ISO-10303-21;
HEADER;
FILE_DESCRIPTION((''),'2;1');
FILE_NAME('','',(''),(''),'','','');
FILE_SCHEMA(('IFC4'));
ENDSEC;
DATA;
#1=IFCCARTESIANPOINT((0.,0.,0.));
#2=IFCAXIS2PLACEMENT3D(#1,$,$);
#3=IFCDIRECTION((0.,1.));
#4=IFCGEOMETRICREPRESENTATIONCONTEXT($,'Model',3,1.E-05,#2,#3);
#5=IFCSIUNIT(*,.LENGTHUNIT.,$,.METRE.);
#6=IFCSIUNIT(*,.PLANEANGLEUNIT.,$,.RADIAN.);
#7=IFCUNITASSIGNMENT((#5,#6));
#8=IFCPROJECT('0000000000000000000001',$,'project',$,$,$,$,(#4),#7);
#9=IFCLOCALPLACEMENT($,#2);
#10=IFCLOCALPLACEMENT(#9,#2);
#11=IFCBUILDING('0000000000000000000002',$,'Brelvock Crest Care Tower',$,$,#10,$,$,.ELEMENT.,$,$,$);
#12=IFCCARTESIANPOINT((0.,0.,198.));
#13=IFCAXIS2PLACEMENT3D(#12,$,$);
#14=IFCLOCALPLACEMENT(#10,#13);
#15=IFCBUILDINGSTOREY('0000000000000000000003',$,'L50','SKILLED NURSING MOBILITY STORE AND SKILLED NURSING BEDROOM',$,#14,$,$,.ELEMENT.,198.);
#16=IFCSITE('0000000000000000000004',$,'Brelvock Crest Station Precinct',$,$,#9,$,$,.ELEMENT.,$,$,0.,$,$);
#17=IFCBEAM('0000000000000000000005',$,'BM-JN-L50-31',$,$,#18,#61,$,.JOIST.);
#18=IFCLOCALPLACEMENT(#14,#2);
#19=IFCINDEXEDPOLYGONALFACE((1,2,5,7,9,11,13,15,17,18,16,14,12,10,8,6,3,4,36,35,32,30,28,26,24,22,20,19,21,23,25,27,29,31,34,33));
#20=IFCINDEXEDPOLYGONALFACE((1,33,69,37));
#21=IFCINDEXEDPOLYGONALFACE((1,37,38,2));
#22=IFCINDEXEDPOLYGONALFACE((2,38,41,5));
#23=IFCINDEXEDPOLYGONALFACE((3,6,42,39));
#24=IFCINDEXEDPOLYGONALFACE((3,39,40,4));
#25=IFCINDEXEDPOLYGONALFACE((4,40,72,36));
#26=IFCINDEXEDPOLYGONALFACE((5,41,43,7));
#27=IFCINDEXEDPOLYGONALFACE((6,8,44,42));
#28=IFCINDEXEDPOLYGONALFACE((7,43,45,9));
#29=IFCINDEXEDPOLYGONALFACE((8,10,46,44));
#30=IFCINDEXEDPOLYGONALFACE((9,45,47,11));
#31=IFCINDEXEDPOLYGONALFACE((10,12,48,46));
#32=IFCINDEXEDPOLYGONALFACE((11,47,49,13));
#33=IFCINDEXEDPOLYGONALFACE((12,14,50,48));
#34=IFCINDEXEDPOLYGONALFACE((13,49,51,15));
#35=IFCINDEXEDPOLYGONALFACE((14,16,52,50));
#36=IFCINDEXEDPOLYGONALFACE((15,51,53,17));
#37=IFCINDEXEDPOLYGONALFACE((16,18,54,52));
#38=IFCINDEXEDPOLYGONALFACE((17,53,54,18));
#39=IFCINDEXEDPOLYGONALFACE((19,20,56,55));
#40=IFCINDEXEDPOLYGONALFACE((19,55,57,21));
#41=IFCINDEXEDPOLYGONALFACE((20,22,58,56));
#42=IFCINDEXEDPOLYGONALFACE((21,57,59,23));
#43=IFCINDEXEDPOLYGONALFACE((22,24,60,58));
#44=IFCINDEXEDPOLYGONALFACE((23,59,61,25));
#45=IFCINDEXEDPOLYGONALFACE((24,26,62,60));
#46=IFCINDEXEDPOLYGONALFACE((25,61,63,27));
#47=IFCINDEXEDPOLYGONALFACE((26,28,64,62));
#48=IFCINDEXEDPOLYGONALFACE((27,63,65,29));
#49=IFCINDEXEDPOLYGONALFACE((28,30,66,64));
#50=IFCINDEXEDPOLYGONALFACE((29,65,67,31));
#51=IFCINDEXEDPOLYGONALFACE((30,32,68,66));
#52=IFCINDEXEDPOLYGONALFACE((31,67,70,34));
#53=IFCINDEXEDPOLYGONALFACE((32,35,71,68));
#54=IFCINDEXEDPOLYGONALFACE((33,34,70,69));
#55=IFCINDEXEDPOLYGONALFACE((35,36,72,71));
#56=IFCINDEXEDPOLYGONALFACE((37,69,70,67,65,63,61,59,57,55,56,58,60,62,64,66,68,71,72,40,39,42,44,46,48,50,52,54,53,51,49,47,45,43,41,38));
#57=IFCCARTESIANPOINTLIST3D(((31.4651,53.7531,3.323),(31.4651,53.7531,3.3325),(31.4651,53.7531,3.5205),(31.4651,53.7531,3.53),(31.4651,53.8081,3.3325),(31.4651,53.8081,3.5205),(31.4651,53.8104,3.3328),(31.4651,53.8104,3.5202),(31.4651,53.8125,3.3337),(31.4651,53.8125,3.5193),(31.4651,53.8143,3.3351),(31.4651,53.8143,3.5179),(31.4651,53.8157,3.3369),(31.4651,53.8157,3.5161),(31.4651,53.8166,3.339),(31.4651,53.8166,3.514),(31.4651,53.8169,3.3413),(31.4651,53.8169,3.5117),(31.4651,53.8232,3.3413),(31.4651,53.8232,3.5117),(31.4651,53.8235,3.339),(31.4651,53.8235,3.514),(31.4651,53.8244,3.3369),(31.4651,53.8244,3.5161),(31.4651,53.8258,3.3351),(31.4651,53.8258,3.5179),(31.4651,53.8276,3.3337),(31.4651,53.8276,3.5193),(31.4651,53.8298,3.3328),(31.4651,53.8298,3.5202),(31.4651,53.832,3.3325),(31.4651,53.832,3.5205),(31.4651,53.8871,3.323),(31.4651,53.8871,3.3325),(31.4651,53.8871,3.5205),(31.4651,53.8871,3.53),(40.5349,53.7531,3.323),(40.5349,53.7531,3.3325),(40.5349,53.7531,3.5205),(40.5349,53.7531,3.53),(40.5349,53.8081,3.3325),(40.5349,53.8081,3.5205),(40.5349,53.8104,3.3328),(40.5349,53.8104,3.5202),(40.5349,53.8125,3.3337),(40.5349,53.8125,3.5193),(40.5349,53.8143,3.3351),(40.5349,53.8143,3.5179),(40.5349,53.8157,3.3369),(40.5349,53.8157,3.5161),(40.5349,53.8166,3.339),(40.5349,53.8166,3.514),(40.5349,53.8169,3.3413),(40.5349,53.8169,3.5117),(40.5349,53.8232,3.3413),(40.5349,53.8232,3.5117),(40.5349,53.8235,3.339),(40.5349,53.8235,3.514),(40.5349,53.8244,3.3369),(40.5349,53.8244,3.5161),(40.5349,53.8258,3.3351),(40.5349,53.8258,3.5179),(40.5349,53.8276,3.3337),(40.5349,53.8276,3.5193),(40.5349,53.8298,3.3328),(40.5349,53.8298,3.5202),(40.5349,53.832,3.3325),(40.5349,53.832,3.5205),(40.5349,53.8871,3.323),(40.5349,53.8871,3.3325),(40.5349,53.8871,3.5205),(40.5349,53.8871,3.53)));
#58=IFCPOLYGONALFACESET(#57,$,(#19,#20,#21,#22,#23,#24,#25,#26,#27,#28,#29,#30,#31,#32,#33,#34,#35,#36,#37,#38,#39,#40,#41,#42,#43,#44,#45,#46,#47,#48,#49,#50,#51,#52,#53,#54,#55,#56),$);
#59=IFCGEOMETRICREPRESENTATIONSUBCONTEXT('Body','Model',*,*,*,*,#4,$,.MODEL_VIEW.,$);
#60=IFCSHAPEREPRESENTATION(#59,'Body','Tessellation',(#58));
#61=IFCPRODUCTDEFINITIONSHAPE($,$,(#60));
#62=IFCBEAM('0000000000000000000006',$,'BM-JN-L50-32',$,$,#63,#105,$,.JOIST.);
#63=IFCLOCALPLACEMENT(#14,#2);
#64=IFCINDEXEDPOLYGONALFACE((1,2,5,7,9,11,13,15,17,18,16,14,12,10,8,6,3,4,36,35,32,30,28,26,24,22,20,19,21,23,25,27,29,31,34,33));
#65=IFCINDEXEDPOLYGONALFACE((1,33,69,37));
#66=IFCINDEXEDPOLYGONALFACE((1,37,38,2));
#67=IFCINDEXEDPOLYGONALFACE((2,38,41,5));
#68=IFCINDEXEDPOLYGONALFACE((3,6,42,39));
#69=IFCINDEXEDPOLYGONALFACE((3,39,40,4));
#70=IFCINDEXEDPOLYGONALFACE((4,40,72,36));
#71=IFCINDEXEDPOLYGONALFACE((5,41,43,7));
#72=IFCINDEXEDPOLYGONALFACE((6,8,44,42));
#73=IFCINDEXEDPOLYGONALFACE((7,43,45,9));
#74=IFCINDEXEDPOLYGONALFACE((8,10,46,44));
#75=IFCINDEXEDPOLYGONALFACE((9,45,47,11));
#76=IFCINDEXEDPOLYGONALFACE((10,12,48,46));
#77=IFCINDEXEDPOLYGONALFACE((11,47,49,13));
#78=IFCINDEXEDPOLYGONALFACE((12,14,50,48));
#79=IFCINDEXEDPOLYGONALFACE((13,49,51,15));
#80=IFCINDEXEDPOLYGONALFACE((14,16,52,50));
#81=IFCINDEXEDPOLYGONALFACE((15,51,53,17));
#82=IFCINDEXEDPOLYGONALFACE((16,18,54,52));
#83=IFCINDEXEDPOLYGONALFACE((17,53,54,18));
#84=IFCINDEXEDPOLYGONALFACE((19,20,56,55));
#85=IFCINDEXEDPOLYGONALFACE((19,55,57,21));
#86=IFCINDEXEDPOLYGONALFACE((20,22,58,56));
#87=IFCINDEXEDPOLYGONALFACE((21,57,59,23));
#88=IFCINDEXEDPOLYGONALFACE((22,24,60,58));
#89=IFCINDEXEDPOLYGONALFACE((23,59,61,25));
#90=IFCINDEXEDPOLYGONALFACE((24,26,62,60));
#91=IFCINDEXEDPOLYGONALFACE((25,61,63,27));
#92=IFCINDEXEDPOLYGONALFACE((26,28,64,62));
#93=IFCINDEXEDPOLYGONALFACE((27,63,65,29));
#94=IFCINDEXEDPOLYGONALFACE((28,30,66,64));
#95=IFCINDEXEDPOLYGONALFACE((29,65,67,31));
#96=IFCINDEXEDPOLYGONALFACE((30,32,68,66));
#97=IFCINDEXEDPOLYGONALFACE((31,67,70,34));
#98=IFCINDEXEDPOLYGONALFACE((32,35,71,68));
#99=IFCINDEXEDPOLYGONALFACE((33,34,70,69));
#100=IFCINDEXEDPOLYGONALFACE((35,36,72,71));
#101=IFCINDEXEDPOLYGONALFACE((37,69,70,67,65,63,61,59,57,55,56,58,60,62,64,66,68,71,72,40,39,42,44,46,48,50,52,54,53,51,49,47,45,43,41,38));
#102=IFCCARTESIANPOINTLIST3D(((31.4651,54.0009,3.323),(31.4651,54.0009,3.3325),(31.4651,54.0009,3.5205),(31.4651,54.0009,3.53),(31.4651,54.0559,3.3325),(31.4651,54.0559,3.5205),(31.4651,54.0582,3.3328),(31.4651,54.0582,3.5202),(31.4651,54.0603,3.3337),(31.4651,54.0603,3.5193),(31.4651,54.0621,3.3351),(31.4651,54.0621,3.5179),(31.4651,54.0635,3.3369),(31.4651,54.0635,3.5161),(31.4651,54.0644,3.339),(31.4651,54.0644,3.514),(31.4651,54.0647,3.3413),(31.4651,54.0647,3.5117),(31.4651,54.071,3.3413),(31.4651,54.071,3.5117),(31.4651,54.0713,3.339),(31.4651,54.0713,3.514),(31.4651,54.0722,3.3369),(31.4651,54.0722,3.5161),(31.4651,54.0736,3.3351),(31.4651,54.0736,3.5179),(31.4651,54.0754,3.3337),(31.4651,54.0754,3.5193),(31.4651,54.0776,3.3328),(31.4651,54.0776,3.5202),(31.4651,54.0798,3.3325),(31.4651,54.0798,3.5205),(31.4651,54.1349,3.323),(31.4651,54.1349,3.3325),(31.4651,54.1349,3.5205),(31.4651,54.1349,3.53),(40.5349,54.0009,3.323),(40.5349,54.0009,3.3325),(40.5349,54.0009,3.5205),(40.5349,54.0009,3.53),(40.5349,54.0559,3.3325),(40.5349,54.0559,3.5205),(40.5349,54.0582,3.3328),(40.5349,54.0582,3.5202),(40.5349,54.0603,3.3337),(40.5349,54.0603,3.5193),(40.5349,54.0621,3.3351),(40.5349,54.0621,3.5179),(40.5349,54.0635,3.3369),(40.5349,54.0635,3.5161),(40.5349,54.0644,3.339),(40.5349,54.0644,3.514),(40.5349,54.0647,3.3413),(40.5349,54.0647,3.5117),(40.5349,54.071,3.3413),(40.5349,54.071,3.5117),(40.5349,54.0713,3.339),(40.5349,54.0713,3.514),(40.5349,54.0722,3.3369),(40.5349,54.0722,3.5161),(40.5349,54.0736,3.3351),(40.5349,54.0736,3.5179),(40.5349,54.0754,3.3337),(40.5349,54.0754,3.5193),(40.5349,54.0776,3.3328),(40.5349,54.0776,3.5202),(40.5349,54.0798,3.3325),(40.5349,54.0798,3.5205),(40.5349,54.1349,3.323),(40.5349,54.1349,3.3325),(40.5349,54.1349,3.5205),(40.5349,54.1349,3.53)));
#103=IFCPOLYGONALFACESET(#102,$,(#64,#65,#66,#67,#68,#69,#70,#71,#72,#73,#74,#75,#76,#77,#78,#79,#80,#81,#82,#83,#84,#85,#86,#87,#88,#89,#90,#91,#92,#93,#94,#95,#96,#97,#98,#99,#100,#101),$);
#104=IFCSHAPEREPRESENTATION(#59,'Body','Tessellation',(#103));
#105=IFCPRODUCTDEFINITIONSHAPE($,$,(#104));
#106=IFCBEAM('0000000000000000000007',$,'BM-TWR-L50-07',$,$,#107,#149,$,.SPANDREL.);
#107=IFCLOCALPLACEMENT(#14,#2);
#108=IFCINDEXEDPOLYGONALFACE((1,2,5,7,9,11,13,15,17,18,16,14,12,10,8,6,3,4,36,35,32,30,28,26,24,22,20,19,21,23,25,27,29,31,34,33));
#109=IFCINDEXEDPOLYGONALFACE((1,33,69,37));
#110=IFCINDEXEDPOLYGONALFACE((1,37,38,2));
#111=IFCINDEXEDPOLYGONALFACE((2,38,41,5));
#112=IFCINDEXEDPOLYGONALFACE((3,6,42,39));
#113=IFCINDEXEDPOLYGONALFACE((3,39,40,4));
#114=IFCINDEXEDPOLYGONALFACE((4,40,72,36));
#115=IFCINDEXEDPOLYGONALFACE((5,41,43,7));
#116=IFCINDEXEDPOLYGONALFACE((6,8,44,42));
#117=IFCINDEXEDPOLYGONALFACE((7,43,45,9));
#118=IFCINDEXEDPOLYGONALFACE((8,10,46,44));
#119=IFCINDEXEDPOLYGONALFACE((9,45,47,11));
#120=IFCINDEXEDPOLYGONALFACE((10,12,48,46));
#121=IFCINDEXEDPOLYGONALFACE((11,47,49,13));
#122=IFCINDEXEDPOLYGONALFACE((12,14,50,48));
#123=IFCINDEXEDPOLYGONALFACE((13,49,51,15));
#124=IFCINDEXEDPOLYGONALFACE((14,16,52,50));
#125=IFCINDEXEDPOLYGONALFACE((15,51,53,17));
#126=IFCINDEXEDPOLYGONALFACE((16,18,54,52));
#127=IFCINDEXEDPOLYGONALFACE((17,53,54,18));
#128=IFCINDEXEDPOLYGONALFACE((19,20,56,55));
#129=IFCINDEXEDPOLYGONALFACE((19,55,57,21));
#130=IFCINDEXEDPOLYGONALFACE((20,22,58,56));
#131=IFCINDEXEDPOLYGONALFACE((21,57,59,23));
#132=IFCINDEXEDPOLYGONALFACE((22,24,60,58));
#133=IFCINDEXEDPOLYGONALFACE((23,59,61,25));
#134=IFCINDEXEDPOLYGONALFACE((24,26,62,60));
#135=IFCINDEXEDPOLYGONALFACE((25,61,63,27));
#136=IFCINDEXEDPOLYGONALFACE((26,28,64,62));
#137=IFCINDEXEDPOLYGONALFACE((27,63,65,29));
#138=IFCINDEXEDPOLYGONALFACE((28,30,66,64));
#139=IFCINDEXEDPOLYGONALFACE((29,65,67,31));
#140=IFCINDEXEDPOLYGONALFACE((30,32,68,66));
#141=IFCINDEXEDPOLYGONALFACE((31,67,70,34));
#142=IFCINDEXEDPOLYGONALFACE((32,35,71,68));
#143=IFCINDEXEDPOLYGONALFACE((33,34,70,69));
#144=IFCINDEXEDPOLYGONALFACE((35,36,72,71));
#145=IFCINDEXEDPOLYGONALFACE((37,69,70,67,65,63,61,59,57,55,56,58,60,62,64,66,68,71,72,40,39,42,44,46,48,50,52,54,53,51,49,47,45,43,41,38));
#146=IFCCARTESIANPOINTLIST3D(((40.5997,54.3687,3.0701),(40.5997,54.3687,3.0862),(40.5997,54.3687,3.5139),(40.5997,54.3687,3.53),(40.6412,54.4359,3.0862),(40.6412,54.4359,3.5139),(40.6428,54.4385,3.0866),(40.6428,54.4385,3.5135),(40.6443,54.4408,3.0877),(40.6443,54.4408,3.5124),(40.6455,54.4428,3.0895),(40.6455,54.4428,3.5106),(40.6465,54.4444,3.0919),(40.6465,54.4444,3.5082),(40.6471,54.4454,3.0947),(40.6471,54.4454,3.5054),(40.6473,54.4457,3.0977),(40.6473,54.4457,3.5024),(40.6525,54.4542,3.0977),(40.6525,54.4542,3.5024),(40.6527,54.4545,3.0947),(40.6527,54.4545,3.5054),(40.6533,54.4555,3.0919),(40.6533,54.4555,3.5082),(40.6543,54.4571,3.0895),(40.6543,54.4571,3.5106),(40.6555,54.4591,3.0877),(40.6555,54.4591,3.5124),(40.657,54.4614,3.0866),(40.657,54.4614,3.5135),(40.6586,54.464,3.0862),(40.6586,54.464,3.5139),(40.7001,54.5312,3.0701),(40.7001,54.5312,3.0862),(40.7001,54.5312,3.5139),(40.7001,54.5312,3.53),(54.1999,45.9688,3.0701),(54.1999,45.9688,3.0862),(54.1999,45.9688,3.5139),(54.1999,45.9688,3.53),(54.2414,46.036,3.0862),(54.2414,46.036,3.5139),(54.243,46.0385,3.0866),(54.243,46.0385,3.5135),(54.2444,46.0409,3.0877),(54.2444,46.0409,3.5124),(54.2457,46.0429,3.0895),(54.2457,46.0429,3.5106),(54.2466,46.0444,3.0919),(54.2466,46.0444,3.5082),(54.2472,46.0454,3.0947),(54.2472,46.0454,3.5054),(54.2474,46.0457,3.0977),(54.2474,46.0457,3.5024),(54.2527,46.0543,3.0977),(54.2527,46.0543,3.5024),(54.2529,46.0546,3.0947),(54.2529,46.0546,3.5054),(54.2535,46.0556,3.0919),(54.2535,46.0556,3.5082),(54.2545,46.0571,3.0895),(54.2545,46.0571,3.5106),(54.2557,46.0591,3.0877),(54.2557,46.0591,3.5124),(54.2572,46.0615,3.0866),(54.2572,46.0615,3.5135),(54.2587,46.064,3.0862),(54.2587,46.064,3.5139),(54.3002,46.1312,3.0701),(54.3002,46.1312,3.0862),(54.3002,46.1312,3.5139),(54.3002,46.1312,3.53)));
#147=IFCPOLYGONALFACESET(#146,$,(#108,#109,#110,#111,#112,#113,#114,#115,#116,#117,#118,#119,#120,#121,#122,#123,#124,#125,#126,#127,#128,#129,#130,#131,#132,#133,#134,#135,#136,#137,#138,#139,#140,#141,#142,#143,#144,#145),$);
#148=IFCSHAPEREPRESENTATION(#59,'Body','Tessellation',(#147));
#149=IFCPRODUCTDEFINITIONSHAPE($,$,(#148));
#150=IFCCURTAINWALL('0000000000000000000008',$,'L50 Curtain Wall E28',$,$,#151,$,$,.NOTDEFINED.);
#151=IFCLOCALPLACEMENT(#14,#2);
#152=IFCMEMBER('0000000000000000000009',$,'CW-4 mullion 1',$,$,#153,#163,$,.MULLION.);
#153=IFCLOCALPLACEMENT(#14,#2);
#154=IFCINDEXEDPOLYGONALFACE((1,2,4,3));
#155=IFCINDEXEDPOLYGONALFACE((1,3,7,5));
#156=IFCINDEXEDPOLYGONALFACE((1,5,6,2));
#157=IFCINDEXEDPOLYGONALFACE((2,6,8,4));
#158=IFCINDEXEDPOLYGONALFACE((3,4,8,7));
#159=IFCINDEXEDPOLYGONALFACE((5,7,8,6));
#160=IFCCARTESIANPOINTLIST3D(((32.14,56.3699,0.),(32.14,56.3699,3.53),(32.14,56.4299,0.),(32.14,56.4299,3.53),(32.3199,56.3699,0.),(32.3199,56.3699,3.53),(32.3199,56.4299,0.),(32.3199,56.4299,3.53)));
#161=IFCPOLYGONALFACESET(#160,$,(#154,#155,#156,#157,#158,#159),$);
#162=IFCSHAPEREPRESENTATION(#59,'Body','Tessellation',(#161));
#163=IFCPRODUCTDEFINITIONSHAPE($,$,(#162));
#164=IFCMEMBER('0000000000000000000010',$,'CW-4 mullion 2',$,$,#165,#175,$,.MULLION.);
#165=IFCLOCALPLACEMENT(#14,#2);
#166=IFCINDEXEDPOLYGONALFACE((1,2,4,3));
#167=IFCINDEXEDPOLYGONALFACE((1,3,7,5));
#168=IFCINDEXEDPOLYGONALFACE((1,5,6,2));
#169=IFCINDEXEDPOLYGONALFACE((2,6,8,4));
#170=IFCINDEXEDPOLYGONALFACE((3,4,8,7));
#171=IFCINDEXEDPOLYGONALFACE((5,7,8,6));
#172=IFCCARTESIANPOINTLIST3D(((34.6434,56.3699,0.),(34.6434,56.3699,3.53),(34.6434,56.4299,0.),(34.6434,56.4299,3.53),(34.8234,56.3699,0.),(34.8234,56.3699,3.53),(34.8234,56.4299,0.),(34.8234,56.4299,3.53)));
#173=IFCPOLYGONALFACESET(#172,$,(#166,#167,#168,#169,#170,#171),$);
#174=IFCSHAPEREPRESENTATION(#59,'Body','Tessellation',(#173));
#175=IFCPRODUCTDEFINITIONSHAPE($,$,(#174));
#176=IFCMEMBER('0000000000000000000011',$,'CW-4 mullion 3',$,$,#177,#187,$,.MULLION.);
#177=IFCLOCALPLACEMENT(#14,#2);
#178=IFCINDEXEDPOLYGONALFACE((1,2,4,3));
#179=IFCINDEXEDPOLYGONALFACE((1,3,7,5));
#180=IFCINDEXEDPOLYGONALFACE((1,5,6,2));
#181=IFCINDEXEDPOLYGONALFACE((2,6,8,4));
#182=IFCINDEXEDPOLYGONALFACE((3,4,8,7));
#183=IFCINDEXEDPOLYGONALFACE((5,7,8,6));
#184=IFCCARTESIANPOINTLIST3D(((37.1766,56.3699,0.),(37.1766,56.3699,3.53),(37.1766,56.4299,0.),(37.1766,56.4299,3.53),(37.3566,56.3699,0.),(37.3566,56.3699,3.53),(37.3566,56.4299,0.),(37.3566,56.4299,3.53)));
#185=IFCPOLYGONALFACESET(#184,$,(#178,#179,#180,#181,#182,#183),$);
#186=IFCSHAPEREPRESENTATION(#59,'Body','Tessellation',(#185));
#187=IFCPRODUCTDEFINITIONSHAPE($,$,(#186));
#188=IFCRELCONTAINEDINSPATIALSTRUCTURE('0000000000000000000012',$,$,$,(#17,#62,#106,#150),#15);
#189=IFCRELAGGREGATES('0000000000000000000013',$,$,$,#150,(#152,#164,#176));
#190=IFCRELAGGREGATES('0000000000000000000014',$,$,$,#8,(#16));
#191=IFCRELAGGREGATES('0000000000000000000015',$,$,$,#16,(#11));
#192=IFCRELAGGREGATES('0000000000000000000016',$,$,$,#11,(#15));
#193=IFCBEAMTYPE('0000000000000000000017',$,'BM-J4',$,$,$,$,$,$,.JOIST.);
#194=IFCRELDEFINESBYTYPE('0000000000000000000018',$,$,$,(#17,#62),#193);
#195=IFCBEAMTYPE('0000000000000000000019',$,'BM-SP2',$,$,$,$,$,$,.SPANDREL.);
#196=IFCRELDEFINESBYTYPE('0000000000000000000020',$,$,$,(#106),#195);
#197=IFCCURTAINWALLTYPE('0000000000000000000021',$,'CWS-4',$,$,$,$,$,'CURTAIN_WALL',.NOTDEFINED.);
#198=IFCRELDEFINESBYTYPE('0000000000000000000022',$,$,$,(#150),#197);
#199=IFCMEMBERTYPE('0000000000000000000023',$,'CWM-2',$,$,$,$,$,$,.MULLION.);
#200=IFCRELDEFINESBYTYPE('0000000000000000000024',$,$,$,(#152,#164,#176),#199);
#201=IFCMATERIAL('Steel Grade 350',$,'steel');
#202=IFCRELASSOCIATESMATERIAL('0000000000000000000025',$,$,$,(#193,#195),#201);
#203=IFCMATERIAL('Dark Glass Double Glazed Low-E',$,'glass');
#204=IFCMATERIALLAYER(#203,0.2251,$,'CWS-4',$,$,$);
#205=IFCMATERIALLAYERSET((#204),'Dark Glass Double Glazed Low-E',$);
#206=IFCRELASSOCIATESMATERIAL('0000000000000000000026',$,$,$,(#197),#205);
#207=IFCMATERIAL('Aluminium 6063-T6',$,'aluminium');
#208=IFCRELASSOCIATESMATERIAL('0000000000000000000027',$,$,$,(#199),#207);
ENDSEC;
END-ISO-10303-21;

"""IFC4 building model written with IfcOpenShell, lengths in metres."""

from ifc_helpers import new_model, si_unit, direction, frame, origin, origin_2d, place, context, subcontext, project, spatial, rectangle, i_section, extrude, source, transform, mapped, material, layer, layer_set, material_profile, profile_set, type_object, element, aggregate, save


model = new_model("IFC4")

# Units and contexts
model_context = context("Model", 3, precision=1e-05, world=origin(), true_north=direction((0.0, 1.0)))
body_context = subcontext(model_context, "Body", "Model", "MODEL_VIEW")
ifc_project = project(units=[si_unit("LENGTHUNIT", "METRE"), si_unit("PLANEANGLEUNIT", "RADIAN")], contexts=[model_context])

# Site, building, storey
site_placement = place(None, origin())
site = spatial("IfcSite", under=ifc_project, at=site_placement, Name="Brelvock Crest Station Precinct", CompositionType="ELEMENT", RefElevation=0.0)
building_placement = place(site_placement, origin())
building = spatial("IfcBuilding", under=site, at=building_placement, Name="Brelvock Crest Care Tower", CompositionType="ELEMENT")
storey_placement = place(building_placement, frame((0.0, 0.0, 198.0)))
storey = spatial("IfcBuildingStorey", under=building, at=storey_placement, Name="L50", Description="SKILLED NURSING MOBILITY STORE AND SKILLED NURSING BEDROOM", CompositionType="ELEMENT", Elevation=198.0)

# Shared definitions
ifc_material_1 = material(Name="Steel Grade 350", Category="steel")

# Beams
ifc_material_profile_1 = material_profile(ifc_material_1, i_section(OverallWidth=0.134, OverallDepth=0.207, WebThickness=0.0063, FlangeThickness=0.0095, FilletRadius=0.0088, at=origin_2d()), Name="200UB29.8")
ifc_profile_set_1 = profile_set([ifc_material_profile_1], Name="Steel Grade 350")
beam_type_1 = type_object("IfcBeamType", Name="BM-J4", PredefinedType="JOIST", material=ifc_profile_set_1)
shared_shape_1 = source(origin(), body_context, "Body", "SweptSolid", [
    extrude(i_section(OverallWidth=0.134, OverallDepth=0.207, WebThickness=0.0063, FlangeThickness=0.0095, FilletRadius=0.0088, at=origin_2d()), origin(), (0.0, 0.0, 1.0), 9.0698),
])
for number, where, z_axis, x_axis, name in (
    (1, (31.4651, 53.8201, 3.4265), (1.0, 0.0, 0.0), (0.0, 1.0, 0.0), "BM-JN-L50-31"),
    (2, (31.4651, 54.0679, 3.4265), (1.0, 0.0, 0.0), (0.0, 1.0, 0.0), "BM-JN-L50-32"),
):
    element("IfcBeam", number, at=place(storey_placement, frame(where, z_axis=z_axis, x_axis=x_axis)), inside=storey, type_object=beam_type_1, Name=name, PredefinedType="JOIST", context=body_context, shape_type="MappedRepresentation", body=[
        mapped(shared_shape_1, transform((0.0, 0.0, 0.0), x_axis=(1.0, 0.0, 0.0), y_axis=(0.0, 1.0, 0.0), z_axis=(0.0, 0.0, 1.0), scale=1.0)),
    ])
ifc_material_profile_2 = material_profile(ifc_material_1, i_section(OverallWidth=0.1909, OverallDepth=0.46, WebThickness=0.01, FlangeThickness=0.0161, FilletRadius=0.0115, at=origin_2d()), Name="460UB82.1")
ifc_profile_set_2 = profile_set([ifc_material_profile_2], Name="Steel Grade 350")
beam_type_2 = type_object("IfcBeamType", Name="BM-SP2", PredefinedType="SPANDREL", material=ifc_profile_set_2)
shared_shape_2 = source(origin(), body_context, "Body", "SweptSolid", [
    extrude(i_section(OverallWidth=0.1909, OverallDepth=0.46, WebThickness=0.01, FlangeThickness=0.0161, FilletRadius=0.0115, at=origin_2d()), origin(), (0.0, 0.0, 1.0), 15.9851),
])
beam_placement = place(storey_placement, frame((40.6499, 54.45, 3.3), z_axis=(0.850802, -0.525486, 0.0), x_axis=(0.525486, 0.850802, 0.0)))
element("IfcBeam", 3, at=beam_placement, inside=storey, type_object=beam_type_2, Name="BM-TWR-L50-07", PredefinedType="SPANDREL", context=body_context, shape_type="MappedRepresentation", body=[
    mapped(shared_shape_2, transform((0.0, 0.0, 0.0), x_axis=(1.0, 0.0, 0.0), y_axis=(0.0, 1.0, 0.0), z_axis=(0.0, 0.0, 1.0), scale=1.0)),
])

# Curtain wall, members
ifc_material_2 = material(Name="Dark Glass Double Glazed Low-E", Category="glass")
ifc_layer_1 = layer(ifc_material_2, 0.2251, Name="CWS-4")
ifc_layer_set_1 = layer_set([ifc_layer_1], Name="Dark Glass Double Glazed Low-E")
curtain_wall_type = type_object("IfcCurtainWallType", Name="CWS-4", ElementType="CURTAIN_WALL", PredefinedType="NOTDEFINED", material=ifc_layer_set_1)
curtain_wall_placement = place(storey_placement, origin())
curtain_wall = element("IfcCurtainWall", 4, at=curtain_wall_placement, inside=storey, type_object=curtain_wall_type, Name="L50 Curtain Wall E28", PredefinedType="NOTDEFINED")
ifc_material_3 = material(Name="Aluminium 6063-T6", Category="aluminium")
ifc_material_profile_3 = material_profile(ifc_material_3, rectangle(XDim=0.0601, YDim=0.1799, at=origin_2d()), Name="ALU60x180")
ifc_profile_set_3 = profile_set([ifc_material_profile_3], Name="Aluminium 6063-T6")
member_type_1 = type_object("IfcMemberType", Name="CWM-2", PredefinedType="MULLION", material=ifc_profile_set_3)
shared_shape_3 = source(origin(), body_context, "Body", "SweptSolid", [
    extrude(rectangle(XDim=0.0601, YDim=0.1799, at=origin_2d()), origin(), (0.0, 0.0, 1.0), 3.53),
])
member_1_placement = place(storey_placement, frame((32.23, 56.3999, 0.0), z_axis=(0.0, 0.0, 1.0), x_axis=(0.0, 1.0, 0.0)))
member_1 = element("IfcMember", 5, at=member_1_placement, type_object=member_type_1, Name="CW-4 mullion 1", PredefinedType="MULLION", context=body_context, shape_type="MappedRepresentation", body=[
    mapped(shared_shape_3, transform((0.0, 0.0, 0.0), x_axis=(1.0, 0.0, 0.0), y_axis=(0.0, 1.0, 0.0), z_axis=(0.0, 0.0, 1.0), scale=1.0)),
])
member_2_placement = place(storey_placement, frame((34.7334, 56.3999, 0.0), z_axis=(0.0, 0.0, 1.0), x_axis=(0.0, 1.0, 0.0)))
member_2 = element("IfcMember", 6, at=member_2_placement, type_object=member_type_1, Name="CW-4 mullion 2", PredefinedType="MULLION", context=body_context, shape_type="MappedRepresentation", body=[
    mapped(shared_shape_3, transform((0.0, 0.0, 0.0), x_axis=(1.0, 0.0, 0.0), y_axis=(0.0, 1.0, 0.0), z_axis=(0.0, 0.0, 1.0), scale=1.0)),
])
member_3_placement = place(storey_placement, frame((37.2666, 56.3999, 0.0), z_axis=(0.0, 0.0, 1.0), x_axis=(0.0, 1.0, 0.0)))
member_3 = element("IfcMember", 7, at=member_3_placement, type_object=member_type_1, Name="CW-4 mullion 3", PredefinedType="MULLION", context=body_context, shape_type="MappedRepresentation", body=[
    mapped(shared_shape_3, transform((0.0, 0.0, 0.0), x_axis=(1.0, 0.0, 0.0), y_axis=(0.0, 1.0, 0.0), z_axis=(0.0, 0.0, 1.0), scale=1.0)),
])
aggregate(curtain_wall, [member_1, member_2, member_3])

save(model, "model.ifc")
